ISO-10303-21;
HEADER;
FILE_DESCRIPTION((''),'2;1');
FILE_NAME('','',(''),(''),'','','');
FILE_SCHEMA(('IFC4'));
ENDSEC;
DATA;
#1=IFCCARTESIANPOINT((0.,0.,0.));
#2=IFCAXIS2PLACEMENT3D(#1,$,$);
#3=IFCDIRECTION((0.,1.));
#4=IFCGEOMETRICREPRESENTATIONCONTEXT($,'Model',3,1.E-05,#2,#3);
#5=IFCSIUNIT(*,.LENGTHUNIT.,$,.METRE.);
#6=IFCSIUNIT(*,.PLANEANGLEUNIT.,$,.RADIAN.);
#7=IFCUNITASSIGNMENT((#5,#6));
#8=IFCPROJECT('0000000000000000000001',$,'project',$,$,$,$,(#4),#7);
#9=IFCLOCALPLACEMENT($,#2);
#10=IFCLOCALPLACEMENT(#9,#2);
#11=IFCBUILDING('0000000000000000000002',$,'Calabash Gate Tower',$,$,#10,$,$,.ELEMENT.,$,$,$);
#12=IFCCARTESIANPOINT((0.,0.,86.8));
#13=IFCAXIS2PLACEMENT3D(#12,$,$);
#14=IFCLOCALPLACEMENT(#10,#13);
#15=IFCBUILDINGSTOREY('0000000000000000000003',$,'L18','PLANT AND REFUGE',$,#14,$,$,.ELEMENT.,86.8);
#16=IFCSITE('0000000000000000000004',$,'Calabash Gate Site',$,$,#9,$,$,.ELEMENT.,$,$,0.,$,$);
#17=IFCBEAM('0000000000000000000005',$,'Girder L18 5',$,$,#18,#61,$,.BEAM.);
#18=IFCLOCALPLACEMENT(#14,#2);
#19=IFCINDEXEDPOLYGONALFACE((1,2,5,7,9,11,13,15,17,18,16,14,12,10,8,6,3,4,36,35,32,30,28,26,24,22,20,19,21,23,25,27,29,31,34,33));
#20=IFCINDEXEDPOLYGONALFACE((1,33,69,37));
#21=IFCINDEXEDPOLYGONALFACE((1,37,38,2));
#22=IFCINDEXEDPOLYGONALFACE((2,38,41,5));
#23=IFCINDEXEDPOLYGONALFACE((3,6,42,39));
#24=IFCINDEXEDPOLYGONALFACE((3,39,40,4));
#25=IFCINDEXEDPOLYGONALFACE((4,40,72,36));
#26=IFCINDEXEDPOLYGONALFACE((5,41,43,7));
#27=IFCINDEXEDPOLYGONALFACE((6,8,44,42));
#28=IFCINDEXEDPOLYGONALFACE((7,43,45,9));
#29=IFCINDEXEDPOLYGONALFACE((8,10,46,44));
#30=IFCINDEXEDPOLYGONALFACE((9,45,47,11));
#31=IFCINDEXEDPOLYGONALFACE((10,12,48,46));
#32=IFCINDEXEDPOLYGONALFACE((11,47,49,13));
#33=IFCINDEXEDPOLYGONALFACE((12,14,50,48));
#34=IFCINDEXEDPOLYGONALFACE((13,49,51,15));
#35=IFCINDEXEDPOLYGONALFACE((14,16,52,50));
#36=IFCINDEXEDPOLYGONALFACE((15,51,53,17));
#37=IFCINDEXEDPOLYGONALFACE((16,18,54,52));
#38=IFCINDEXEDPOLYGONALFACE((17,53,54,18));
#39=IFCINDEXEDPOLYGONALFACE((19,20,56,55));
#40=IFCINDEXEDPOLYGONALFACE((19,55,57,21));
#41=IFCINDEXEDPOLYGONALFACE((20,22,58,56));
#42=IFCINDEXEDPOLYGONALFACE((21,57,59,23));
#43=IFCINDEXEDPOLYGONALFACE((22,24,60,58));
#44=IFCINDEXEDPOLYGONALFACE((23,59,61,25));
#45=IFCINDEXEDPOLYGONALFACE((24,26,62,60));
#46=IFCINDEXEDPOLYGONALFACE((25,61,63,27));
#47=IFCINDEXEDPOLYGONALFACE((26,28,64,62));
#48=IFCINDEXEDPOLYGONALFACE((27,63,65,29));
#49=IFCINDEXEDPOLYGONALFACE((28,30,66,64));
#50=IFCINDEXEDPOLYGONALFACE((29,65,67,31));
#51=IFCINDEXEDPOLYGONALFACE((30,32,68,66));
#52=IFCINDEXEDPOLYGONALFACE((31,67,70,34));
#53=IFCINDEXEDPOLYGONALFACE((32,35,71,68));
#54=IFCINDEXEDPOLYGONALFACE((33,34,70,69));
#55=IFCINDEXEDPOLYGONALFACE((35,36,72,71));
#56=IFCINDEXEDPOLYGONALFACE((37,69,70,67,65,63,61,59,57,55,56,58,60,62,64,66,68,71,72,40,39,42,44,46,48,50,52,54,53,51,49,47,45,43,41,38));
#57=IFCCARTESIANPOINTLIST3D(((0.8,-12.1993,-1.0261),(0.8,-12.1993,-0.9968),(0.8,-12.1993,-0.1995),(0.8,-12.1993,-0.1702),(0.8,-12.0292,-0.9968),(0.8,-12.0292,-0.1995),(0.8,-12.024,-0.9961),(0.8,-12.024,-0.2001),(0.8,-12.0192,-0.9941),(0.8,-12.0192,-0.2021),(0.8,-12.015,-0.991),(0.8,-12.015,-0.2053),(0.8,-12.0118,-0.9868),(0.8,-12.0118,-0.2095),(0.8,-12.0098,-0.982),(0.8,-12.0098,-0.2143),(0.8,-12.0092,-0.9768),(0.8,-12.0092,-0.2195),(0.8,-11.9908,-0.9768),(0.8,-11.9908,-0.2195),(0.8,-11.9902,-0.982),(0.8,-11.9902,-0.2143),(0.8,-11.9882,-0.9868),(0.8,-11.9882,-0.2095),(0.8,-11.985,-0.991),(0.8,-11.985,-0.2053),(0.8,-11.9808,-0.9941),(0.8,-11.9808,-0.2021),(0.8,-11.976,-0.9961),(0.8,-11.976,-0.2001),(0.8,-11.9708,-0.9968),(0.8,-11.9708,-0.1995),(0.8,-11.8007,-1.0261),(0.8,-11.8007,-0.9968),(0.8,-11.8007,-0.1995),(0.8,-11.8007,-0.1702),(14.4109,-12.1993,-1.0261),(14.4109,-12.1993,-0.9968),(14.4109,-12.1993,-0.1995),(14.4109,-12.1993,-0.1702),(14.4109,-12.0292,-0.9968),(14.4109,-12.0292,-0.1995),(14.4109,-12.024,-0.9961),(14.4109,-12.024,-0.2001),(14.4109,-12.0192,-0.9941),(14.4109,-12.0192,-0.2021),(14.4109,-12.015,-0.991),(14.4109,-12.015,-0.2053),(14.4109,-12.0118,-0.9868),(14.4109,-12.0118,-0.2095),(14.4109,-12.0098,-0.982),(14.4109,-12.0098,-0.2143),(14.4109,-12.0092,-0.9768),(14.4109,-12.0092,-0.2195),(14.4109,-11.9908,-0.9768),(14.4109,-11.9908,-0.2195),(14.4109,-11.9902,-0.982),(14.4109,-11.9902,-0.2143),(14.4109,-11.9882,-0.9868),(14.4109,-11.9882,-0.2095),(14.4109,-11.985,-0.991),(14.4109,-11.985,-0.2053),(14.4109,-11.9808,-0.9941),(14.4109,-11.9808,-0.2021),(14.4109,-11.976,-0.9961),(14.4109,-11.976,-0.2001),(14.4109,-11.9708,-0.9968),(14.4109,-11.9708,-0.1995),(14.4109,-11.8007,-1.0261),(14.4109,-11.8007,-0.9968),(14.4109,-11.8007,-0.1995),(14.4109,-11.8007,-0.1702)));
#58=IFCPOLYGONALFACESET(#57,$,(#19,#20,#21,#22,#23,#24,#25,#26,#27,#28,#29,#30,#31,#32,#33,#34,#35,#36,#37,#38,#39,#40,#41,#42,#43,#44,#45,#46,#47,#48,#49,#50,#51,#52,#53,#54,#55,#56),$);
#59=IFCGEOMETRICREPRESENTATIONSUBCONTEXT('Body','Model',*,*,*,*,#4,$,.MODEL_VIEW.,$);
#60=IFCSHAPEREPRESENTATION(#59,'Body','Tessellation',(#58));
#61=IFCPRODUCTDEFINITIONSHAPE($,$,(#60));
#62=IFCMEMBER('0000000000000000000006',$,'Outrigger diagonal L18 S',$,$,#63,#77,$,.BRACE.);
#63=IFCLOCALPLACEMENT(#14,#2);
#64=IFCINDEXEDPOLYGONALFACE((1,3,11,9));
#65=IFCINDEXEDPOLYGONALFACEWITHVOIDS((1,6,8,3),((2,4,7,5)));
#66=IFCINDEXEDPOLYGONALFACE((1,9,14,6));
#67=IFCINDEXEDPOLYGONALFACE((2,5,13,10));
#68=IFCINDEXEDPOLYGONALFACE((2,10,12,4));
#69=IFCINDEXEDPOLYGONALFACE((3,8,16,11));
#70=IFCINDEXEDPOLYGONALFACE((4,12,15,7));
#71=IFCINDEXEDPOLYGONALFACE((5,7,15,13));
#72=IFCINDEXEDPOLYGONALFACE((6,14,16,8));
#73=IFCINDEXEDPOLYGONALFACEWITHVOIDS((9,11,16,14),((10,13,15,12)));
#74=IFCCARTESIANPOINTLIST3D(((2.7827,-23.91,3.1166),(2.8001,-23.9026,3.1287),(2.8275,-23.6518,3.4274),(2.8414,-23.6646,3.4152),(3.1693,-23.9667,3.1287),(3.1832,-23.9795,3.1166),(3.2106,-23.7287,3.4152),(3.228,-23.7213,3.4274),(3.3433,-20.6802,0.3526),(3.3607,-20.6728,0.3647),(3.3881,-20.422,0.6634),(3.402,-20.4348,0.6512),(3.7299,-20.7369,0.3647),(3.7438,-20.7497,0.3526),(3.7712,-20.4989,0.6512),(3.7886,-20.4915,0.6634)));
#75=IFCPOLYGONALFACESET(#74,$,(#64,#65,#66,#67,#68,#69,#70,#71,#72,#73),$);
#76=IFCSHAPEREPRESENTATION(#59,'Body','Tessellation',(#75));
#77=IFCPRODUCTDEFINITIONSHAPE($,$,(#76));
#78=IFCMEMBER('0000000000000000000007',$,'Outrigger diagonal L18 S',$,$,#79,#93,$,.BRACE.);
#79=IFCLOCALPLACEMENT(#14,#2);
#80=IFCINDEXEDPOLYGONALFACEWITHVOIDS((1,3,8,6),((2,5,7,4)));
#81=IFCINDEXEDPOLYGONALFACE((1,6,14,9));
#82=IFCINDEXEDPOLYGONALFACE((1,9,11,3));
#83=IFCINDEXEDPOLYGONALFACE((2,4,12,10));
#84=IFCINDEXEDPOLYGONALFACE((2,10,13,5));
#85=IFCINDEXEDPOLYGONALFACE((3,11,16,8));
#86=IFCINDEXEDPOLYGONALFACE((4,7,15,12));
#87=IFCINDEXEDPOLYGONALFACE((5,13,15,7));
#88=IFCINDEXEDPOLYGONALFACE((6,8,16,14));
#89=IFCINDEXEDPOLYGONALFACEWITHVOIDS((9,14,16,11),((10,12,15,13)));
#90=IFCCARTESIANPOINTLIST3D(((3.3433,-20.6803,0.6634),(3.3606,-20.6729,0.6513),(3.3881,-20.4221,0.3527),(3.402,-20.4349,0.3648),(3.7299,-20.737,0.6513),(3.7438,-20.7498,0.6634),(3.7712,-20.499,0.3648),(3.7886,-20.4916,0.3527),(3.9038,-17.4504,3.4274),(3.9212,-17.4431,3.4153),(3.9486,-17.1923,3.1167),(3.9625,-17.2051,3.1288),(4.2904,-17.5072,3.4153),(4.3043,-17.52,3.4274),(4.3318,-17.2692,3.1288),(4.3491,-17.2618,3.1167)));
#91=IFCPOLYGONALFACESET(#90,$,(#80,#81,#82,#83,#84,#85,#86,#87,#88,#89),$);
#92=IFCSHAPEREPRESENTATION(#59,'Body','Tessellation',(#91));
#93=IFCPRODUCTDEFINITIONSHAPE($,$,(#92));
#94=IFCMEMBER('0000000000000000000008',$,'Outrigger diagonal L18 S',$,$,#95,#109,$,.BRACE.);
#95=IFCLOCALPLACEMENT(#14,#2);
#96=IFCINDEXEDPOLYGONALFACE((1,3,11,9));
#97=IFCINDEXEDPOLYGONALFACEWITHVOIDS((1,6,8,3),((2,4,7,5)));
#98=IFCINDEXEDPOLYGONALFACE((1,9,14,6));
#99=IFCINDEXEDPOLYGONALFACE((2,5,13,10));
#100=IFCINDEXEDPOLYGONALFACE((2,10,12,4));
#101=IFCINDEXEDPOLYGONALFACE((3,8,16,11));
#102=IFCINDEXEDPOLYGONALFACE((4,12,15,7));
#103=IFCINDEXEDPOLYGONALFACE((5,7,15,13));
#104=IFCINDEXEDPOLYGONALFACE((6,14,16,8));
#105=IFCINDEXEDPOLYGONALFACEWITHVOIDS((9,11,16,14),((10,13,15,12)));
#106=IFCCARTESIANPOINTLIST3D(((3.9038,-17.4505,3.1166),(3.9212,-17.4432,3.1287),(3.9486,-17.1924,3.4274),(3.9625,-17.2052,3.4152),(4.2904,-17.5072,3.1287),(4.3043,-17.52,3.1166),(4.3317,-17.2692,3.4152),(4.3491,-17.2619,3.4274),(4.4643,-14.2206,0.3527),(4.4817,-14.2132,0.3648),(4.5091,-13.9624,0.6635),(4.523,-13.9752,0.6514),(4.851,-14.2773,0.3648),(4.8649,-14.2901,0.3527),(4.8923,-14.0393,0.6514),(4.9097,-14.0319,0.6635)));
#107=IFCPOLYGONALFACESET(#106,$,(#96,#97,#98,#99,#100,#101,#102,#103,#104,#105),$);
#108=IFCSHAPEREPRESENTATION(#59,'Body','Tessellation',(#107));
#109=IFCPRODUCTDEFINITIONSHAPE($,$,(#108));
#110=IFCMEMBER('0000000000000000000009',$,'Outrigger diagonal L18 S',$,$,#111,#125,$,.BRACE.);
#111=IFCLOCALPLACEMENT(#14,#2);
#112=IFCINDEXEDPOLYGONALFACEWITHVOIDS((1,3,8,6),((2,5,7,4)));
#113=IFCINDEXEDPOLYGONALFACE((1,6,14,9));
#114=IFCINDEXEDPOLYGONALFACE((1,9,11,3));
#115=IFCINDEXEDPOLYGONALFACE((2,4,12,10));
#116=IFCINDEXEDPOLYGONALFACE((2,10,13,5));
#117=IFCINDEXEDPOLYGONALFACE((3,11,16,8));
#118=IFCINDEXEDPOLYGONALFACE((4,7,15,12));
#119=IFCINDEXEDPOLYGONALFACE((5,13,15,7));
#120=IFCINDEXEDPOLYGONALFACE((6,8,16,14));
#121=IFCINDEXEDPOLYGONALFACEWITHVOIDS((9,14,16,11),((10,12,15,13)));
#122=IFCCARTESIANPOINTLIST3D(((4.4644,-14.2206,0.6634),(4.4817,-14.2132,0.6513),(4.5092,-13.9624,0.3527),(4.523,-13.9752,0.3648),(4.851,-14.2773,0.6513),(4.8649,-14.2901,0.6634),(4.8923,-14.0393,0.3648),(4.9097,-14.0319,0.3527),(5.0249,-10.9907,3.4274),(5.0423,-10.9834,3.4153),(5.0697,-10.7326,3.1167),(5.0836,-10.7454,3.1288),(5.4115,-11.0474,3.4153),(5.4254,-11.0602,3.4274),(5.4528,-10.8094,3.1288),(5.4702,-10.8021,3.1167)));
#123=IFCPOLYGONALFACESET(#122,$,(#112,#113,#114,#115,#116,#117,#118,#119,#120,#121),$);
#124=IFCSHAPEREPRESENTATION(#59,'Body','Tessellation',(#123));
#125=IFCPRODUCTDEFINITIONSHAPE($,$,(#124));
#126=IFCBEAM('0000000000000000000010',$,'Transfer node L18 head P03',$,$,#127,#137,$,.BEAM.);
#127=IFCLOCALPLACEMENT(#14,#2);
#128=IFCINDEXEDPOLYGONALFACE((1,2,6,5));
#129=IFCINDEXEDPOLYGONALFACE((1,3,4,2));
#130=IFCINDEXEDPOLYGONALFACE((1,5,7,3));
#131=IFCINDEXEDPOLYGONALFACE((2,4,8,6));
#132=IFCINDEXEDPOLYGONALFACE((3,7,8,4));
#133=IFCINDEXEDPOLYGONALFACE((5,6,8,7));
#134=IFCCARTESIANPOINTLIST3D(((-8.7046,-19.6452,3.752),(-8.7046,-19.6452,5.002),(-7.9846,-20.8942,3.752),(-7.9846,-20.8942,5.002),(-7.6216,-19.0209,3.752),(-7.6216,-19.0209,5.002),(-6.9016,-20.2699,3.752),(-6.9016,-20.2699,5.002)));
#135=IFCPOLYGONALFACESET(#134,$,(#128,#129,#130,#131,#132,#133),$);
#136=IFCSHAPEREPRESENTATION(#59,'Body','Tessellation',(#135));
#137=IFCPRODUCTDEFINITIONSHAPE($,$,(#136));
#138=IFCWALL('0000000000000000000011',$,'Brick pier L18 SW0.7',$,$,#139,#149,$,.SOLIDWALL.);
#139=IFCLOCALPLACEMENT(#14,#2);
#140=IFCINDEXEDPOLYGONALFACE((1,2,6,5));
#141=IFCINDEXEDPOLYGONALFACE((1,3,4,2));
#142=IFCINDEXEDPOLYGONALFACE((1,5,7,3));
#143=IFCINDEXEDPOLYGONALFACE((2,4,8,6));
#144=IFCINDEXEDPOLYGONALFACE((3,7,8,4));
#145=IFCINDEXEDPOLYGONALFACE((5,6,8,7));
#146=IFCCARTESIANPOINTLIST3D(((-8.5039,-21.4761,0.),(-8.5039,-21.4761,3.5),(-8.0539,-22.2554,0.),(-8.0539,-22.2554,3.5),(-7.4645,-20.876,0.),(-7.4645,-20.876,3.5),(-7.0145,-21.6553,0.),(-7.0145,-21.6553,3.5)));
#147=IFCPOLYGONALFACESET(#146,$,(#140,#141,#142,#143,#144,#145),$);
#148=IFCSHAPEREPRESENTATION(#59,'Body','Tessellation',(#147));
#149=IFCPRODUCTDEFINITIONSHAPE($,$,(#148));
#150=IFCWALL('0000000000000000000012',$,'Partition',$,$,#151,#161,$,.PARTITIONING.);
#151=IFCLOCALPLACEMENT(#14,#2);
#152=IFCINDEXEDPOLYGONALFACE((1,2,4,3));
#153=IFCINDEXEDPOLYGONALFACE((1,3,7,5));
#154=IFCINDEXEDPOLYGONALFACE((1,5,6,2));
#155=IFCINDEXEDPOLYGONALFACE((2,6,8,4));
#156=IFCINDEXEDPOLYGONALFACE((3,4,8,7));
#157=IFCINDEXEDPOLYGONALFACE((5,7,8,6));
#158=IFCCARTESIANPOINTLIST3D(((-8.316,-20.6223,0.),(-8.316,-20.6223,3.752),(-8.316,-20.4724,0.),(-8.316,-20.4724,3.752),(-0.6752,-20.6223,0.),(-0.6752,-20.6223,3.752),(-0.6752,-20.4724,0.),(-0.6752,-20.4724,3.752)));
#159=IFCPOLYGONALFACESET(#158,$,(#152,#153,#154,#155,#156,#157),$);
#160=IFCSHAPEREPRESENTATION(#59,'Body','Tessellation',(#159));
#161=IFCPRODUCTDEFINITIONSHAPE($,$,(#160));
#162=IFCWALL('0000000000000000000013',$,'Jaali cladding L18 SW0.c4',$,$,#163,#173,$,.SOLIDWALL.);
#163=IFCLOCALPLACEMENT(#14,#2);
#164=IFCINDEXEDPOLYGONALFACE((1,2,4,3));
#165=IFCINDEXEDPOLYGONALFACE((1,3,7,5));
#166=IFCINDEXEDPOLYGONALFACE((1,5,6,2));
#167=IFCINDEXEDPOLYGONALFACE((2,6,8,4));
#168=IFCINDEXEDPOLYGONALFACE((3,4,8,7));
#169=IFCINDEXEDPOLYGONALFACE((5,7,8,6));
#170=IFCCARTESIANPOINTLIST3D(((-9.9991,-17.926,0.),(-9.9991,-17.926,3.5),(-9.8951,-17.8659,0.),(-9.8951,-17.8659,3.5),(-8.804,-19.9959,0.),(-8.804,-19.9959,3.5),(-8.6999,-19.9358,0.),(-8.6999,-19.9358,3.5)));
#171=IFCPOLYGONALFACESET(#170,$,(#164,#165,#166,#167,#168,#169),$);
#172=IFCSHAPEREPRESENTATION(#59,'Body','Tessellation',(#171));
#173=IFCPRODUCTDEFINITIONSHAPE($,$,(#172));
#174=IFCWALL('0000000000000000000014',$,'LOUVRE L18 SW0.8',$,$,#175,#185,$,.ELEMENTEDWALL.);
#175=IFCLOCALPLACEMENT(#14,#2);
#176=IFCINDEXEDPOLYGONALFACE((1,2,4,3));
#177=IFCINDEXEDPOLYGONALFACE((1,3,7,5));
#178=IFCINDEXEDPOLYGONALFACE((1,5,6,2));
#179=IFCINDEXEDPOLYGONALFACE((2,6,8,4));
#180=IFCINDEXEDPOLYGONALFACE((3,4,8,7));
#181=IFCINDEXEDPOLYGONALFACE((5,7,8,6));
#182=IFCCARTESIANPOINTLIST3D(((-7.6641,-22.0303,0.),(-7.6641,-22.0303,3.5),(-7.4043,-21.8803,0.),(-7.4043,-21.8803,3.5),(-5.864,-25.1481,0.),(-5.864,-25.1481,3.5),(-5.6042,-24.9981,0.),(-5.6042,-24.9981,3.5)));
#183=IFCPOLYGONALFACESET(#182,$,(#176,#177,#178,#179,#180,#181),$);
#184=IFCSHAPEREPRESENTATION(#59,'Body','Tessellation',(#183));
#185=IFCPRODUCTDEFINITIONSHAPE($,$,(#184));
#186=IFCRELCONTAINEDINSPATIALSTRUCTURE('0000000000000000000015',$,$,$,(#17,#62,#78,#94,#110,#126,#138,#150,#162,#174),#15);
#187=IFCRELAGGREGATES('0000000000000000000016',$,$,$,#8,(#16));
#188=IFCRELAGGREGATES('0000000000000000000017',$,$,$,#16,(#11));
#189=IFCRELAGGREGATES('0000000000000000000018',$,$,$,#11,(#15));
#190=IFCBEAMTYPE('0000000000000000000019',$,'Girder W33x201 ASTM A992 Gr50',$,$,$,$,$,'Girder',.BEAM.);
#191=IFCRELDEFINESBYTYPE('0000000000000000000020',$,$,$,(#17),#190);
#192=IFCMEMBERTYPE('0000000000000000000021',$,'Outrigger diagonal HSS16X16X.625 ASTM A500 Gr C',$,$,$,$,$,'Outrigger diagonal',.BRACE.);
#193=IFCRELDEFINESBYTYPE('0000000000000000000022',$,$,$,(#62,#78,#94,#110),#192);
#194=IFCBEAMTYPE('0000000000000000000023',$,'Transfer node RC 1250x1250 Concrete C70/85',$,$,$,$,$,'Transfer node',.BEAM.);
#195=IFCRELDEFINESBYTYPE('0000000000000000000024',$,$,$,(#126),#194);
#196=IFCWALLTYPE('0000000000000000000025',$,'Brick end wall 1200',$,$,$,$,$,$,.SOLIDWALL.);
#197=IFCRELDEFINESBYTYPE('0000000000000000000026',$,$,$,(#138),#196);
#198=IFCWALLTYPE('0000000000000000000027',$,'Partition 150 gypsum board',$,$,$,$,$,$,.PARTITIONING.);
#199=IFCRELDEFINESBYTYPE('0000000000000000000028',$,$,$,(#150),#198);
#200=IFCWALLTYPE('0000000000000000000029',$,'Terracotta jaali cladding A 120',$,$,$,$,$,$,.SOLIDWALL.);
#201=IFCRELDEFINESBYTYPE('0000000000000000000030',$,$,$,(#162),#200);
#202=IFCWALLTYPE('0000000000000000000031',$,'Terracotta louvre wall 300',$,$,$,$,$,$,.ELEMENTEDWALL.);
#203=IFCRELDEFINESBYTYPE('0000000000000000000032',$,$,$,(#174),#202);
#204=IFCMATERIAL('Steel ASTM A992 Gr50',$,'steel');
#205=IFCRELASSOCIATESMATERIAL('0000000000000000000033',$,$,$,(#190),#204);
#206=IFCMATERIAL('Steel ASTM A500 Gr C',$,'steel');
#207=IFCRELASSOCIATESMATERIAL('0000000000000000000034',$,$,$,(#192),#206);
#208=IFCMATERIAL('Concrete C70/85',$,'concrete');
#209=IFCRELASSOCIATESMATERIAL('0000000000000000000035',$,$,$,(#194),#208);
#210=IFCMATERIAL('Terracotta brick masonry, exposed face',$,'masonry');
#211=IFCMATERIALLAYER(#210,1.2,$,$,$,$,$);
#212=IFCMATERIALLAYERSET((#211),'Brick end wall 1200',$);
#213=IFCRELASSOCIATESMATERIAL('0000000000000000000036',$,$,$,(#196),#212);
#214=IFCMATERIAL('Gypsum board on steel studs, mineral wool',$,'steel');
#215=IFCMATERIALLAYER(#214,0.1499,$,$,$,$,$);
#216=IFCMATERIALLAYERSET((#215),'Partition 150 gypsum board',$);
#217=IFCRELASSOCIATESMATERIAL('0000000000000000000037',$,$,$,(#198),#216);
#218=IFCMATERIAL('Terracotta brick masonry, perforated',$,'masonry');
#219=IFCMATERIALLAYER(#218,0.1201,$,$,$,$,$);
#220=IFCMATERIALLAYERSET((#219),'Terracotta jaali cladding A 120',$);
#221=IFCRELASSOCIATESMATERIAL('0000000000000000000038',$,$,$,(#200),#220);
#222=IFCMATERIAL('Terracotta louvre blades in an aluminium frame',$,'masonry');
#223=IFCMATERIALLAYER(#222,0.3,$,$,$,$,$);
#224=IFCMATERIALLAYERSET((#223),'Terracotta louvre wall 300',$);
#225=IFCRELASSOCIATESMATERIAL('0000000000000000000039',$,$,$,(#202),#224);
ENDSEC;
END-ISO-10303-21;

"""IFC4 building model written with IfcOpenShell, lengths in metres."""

from ifc_helpers import new_model, si_unit, direction, frame, frame_2d, origin, origin_2d, place, context, subcontext, project, spatial, rectangle, hollow_rectangle, i_section, extrude, material, layer, layer_set, material_profile, profile_set, type_object, element, save


model = new_model("IFC4")

# Units and contexts
model_context = context("Model", 3, precision=1e-05, world=origin(), true_north=direction((0.0, 1.0)))
body_context = subcontext(model_context, "Body", "Model", "MODEL_VIEW")
ifc_project = project(units=[si_unit("LENGTHUNIT", "METRE"), si_unit("PLANEANGLEUNIT", "RADIAN")], contexts=[model_context])

# Site, building, storey
site_placement = place(None, origin())
site = spatial("IfcSite", under=ifc_project, at=site_placement, Name="Calabash Gate Site", CompositionType="ELEMENT", RefElevation=0.0)
building_placement = place(site_placement, origin())
building = spatial("IfcBuilding", under=site, at=building_placement, Name="Calabash Gate Tower", CompositionType="ELEMENT")
storey_placement = place(building_placement, frame((0.0, 0.0, 86.8)))
storey = spatial("IfcBuildingStorey", under=building, at=storey_placement, Name="L18", Description="PLANT AND REFUGE", CompositionType="ELEMENT", Elevation=86.8)

# Beam
ifc_material_1 = material(Name="Steel ASTM A992 Gr50", Category="steel")
ifc_material_profile_1 = material_profile(ifc_material_1, i_section(OverallWidth=0.3987, OverallDepth=0.856, WebThickness=0.0183, FlangeThickness=0.0293, FilletRadius=0.02, at=origin_2d()))
ifc_profile_set_1 = profile_set([ifc_material_profile_1], Name="Steel ASTM A992 Gr50")
beam_type_1 = type_object("IfcBeamType", Name="Girder W33x201 ASTM A992 Gr50", ElementType="Girder", PredefinedType="BEAM", material=ifc_profile_set_1)
beam_1_placement = place(storey_placement, frame((0.8, -12.0, -0.5981), z_axis=(1.0, 0.0, 0.0), x_axis=(0.0, 1.0, 0.0)))
element("IfcBeam", 1, at=beam_1_placement, inside=storey, type_object=beam_type_1, Name="Girder L18 5", PredefinedType="BEAM", context=body_context, shape_type="SweptSolid", body=[
    extrude(i_section(OverallWidth=0.3987, OverallDepth=0.856, WebThickness=0.0183, FlangeThickness=0.0293, FilletRadius=0.02, at=origin_2d()), origin(), (0.0, 0.0, 1.0), 13.6108),
])

# Members
ifc_material_2 = material(Name="Steel ASTM A500 Gr C", Category="steel")
ifc_material_profile_2 = material_profile(ifc_material_2, hollow_rectangle(XDim=0.4065, YDim=0.4065, WallThickness=0.0159, at=origin_2d()))
ifc_profile_set_2 = profile_set([ifc_material_profile_2], Name="Steel ASTM A500 Gr C")
member_type_1 = type_object("IfcMemberType", Name="Outrigger diagonal HSS16X16X.625 ASTM A500 Gr C", ElementType="Outrigger diagonal", PredefinedType="BRACE", material=ifc_profile_set_2)
for number, where, z_axis, x_axis, name in (
    (2, (3.0054, -23.8157, 3.272), (0.130733, 0.753251, -0.64461), (-0.985271, 0.171002, 0.0), "Outrigger diagonal L18 S"),
    (3, (3.5659, -20.5859, 0.5081), (0.130733, 0.753251, 0.64461), (-0.985271, 0.171002, 0.0), "Outrigger diagonal L18 S"),
    (4, (4.1265, -17.3562, 3.272), (0.130727, 0.753275, -0.644583), (-0.985273, 0.170989, 0.0), "Outrigger diagonal L18 S"),
    (5, (4.687, -14.1262, 0.5081), (0.130733, 0.753251, 0.64461), (-0.985271, 0.171002, 0.0), "Outrigger diagonal L18 S"),
):
    element("IfcMember", number, at=place(storey_placement, frame(where, z_axis=z_axis, x_axis=x_axis)), inside=storey, type_object=member_type_1, Name=name, PredefinedType="BRACE", context=body_context, shape_type="SweptSolid", body=[
        extrude(hollow_rectangle(XDim=0.4065, YDim=0.4065, WallThickness=0.0159, at=origin_2d()), origin(), (0.0, 0.0, 1.0), 4.2878),
    ])

# Beam
ifc_material_3 = material(Name="Concrete C70/85", Category="concrete")
ifc_material_profile_3 = material_profile(ifc_material_3, rectangle(XDim=1.25, YDim=1.25, at=origin_2d()))
ifc_profile_set_3 = profile_set([ifc_material_profile_3], Name="Concrete C70/85")
beam_type_2 = type_object("IfcBeamType", Name="Transfer node RC 1250x1250 Concrete C70/85", ElementType="Transfer node", PredefinedType="BEAM", material=ifc_profile_set_3)
beam_2_placement = place(storey_placement, frame((-7.4431, -20.582, 4.377), z_axis=(-0.4994, 0.866372, 0.0), x_axis=(-0.866372, -0.4994, 0.0)))
element("IfcBeam", 6, at=beam_2_placement, inside=storey, type_object=beam_type_2, Name="Transfer node L18 head P03", PredefinedType="BEAM", context=body_context, shape_type="SweptSolid", body=[
    extrude(rectangle(XDim=1.25, YDim=1.25, at=origin_2d()), origin(), (0.0, 0.0, 1.0), 1.4417),
])

# Walls
ifc_material_4 = material(Name="Terracotta brick masonry, exposed face", Category="masonry")
ifc_layer_1 = layer(ifc_material_4, 1.2)
ifc_layer_set_1 = layer_set([ifc_layer_1], Name="Brick end wall 1200")
wall_type_1 = type_object("IfcWallType", Name="Brick end wall 1200", PredefinedType="SOLIDWALL", material=ifc_layer_set_1)
wall_1_placement = place(storey_placement, frame((-7.2395, -21.2656, 0.0), z_axis=(0.0, 0.0, 1.0), x_axis=(-0.866006, -0.500034, 0.0)))
element("IfcWall", 7, at=wall_1_placement, inside=storey, type_object=wall_type_1, Name="Brick pier L18 SW0.7", PredefinedType="SOLIDWALL", context=body_context, shape_type="SweptSolid", body=[
    extrude(rectangle(XDim=1.2002, YDim=0.8999, at=frame_2d((0.6001, 0.0))), origin(), (0.0, 0.0, 1.0), 3.5),
])
ifc_material_5 = material(Name="Gypsum board on steel studs, mineral wool", Category="steel")
ifc_layer_2 = layer(ifc_material_5, 0.1499)
ifc_layer_set_2 = layer_set([ifc_layer_2], Name="Partition 150 gypsum board")
wall_type_2 = type_object("IfcWallType", Name="Partition 150 gypsum board", PredefinedType="PARTITIONING", material=ifc_layer_set_2)
wall_2_placement = place(storey_placement, frame((-8.3159, -20.5474, 0.0), z_axis=(0.0, 0.0, 1.0), x_axis=(1.0, 0.0, 0.0)))
element("IfcWall", 8, at=wall_2_placement, inside=storey, type_object=wall_type_2, Name="Partition", PredefinedType="PARTITIONING", context=body_context, shape_type="SweptSolid", body=[
    extrude(rectangle(XDim=7.6409, YDim=0.1499, at=frame_2d((3.8203, 0.0))), origin(), (0.0, 0.0, 1.0), 3.752),
])
ifc_material_6 = material(Name="Terracotta brick masonry, perforated", Category="masonry")
ifc_layer_3 = layer(ifc_material_6, 0.1201)
ifc_layer_set_3 = layer_set([ifc_layer_3], Name="Terracotta jaali cladding A 120")
wall_type_3 = type_object("IfcWallType", Name="Terracotta jaali cladding A 120", PredefinedType="SOLIDWALL", material=ifc_layer_set_3)
wall_3_placement = place(storey_placement, frame((-8.752, -19.9658, 0.0), z_axis=(0.0, 0.0, 1.0), x_axis=(-0.500017, 0.866015, 0.0)))
element("IfcWall", 9, at=wall_3_placement, inside=storey, type_object=wall_type_3, Name="Jaali cladding L18 SW0.c4", PredefinedType="SOLIDWALL", context=body_context, shape_type="SweptSolid", body=[
    extrude(rectangle(XDim=2.3901, YDim=0.1201, at=frame_2d((1.1951, 0.0))), origin(), (0.0, 0.0, 1.0), 3.5),
])
ifc_material_7 = material(Name="Terracotta louvre blades in an aluminium frame", Category="masonry")
ifc_layer_4 = layer(ifc_material_7, 0.3)
ifc_layer_set_4 = layer_set([ifc_layer_4], Name="Terracotta louvre wall 300")
wall_type_4 = type_object("IfcWallType", Name="Terracotta louvre wall 300", PredefinedType="ELEMENTEDWALL", material=ifc_layer_set_4)
wall_4_placement = place(storey_placement, frame((-7.5342, -21.9553, 0.0), z_axis=(0.0, 0.0, 1.0), x_axis=(0.500012, -0.866018, 0.0)))
element("IfcWall", 10, at=wall_4_placement, inside=storey, type_object=wall_type_4, Name="LOUVRE L18 SW0.8", PredefinedType="ELEMENTEDWALL", context=body_context, shape_type="SweptSolid", body=[
    extrude(rectangle(XDim=3.6001, YDim=0.3, at=frame_2d((1.8, 0.0))), origin(), (0.0, 0.0, 1.0), 3.5),
])

save(model, "model.ifc")
